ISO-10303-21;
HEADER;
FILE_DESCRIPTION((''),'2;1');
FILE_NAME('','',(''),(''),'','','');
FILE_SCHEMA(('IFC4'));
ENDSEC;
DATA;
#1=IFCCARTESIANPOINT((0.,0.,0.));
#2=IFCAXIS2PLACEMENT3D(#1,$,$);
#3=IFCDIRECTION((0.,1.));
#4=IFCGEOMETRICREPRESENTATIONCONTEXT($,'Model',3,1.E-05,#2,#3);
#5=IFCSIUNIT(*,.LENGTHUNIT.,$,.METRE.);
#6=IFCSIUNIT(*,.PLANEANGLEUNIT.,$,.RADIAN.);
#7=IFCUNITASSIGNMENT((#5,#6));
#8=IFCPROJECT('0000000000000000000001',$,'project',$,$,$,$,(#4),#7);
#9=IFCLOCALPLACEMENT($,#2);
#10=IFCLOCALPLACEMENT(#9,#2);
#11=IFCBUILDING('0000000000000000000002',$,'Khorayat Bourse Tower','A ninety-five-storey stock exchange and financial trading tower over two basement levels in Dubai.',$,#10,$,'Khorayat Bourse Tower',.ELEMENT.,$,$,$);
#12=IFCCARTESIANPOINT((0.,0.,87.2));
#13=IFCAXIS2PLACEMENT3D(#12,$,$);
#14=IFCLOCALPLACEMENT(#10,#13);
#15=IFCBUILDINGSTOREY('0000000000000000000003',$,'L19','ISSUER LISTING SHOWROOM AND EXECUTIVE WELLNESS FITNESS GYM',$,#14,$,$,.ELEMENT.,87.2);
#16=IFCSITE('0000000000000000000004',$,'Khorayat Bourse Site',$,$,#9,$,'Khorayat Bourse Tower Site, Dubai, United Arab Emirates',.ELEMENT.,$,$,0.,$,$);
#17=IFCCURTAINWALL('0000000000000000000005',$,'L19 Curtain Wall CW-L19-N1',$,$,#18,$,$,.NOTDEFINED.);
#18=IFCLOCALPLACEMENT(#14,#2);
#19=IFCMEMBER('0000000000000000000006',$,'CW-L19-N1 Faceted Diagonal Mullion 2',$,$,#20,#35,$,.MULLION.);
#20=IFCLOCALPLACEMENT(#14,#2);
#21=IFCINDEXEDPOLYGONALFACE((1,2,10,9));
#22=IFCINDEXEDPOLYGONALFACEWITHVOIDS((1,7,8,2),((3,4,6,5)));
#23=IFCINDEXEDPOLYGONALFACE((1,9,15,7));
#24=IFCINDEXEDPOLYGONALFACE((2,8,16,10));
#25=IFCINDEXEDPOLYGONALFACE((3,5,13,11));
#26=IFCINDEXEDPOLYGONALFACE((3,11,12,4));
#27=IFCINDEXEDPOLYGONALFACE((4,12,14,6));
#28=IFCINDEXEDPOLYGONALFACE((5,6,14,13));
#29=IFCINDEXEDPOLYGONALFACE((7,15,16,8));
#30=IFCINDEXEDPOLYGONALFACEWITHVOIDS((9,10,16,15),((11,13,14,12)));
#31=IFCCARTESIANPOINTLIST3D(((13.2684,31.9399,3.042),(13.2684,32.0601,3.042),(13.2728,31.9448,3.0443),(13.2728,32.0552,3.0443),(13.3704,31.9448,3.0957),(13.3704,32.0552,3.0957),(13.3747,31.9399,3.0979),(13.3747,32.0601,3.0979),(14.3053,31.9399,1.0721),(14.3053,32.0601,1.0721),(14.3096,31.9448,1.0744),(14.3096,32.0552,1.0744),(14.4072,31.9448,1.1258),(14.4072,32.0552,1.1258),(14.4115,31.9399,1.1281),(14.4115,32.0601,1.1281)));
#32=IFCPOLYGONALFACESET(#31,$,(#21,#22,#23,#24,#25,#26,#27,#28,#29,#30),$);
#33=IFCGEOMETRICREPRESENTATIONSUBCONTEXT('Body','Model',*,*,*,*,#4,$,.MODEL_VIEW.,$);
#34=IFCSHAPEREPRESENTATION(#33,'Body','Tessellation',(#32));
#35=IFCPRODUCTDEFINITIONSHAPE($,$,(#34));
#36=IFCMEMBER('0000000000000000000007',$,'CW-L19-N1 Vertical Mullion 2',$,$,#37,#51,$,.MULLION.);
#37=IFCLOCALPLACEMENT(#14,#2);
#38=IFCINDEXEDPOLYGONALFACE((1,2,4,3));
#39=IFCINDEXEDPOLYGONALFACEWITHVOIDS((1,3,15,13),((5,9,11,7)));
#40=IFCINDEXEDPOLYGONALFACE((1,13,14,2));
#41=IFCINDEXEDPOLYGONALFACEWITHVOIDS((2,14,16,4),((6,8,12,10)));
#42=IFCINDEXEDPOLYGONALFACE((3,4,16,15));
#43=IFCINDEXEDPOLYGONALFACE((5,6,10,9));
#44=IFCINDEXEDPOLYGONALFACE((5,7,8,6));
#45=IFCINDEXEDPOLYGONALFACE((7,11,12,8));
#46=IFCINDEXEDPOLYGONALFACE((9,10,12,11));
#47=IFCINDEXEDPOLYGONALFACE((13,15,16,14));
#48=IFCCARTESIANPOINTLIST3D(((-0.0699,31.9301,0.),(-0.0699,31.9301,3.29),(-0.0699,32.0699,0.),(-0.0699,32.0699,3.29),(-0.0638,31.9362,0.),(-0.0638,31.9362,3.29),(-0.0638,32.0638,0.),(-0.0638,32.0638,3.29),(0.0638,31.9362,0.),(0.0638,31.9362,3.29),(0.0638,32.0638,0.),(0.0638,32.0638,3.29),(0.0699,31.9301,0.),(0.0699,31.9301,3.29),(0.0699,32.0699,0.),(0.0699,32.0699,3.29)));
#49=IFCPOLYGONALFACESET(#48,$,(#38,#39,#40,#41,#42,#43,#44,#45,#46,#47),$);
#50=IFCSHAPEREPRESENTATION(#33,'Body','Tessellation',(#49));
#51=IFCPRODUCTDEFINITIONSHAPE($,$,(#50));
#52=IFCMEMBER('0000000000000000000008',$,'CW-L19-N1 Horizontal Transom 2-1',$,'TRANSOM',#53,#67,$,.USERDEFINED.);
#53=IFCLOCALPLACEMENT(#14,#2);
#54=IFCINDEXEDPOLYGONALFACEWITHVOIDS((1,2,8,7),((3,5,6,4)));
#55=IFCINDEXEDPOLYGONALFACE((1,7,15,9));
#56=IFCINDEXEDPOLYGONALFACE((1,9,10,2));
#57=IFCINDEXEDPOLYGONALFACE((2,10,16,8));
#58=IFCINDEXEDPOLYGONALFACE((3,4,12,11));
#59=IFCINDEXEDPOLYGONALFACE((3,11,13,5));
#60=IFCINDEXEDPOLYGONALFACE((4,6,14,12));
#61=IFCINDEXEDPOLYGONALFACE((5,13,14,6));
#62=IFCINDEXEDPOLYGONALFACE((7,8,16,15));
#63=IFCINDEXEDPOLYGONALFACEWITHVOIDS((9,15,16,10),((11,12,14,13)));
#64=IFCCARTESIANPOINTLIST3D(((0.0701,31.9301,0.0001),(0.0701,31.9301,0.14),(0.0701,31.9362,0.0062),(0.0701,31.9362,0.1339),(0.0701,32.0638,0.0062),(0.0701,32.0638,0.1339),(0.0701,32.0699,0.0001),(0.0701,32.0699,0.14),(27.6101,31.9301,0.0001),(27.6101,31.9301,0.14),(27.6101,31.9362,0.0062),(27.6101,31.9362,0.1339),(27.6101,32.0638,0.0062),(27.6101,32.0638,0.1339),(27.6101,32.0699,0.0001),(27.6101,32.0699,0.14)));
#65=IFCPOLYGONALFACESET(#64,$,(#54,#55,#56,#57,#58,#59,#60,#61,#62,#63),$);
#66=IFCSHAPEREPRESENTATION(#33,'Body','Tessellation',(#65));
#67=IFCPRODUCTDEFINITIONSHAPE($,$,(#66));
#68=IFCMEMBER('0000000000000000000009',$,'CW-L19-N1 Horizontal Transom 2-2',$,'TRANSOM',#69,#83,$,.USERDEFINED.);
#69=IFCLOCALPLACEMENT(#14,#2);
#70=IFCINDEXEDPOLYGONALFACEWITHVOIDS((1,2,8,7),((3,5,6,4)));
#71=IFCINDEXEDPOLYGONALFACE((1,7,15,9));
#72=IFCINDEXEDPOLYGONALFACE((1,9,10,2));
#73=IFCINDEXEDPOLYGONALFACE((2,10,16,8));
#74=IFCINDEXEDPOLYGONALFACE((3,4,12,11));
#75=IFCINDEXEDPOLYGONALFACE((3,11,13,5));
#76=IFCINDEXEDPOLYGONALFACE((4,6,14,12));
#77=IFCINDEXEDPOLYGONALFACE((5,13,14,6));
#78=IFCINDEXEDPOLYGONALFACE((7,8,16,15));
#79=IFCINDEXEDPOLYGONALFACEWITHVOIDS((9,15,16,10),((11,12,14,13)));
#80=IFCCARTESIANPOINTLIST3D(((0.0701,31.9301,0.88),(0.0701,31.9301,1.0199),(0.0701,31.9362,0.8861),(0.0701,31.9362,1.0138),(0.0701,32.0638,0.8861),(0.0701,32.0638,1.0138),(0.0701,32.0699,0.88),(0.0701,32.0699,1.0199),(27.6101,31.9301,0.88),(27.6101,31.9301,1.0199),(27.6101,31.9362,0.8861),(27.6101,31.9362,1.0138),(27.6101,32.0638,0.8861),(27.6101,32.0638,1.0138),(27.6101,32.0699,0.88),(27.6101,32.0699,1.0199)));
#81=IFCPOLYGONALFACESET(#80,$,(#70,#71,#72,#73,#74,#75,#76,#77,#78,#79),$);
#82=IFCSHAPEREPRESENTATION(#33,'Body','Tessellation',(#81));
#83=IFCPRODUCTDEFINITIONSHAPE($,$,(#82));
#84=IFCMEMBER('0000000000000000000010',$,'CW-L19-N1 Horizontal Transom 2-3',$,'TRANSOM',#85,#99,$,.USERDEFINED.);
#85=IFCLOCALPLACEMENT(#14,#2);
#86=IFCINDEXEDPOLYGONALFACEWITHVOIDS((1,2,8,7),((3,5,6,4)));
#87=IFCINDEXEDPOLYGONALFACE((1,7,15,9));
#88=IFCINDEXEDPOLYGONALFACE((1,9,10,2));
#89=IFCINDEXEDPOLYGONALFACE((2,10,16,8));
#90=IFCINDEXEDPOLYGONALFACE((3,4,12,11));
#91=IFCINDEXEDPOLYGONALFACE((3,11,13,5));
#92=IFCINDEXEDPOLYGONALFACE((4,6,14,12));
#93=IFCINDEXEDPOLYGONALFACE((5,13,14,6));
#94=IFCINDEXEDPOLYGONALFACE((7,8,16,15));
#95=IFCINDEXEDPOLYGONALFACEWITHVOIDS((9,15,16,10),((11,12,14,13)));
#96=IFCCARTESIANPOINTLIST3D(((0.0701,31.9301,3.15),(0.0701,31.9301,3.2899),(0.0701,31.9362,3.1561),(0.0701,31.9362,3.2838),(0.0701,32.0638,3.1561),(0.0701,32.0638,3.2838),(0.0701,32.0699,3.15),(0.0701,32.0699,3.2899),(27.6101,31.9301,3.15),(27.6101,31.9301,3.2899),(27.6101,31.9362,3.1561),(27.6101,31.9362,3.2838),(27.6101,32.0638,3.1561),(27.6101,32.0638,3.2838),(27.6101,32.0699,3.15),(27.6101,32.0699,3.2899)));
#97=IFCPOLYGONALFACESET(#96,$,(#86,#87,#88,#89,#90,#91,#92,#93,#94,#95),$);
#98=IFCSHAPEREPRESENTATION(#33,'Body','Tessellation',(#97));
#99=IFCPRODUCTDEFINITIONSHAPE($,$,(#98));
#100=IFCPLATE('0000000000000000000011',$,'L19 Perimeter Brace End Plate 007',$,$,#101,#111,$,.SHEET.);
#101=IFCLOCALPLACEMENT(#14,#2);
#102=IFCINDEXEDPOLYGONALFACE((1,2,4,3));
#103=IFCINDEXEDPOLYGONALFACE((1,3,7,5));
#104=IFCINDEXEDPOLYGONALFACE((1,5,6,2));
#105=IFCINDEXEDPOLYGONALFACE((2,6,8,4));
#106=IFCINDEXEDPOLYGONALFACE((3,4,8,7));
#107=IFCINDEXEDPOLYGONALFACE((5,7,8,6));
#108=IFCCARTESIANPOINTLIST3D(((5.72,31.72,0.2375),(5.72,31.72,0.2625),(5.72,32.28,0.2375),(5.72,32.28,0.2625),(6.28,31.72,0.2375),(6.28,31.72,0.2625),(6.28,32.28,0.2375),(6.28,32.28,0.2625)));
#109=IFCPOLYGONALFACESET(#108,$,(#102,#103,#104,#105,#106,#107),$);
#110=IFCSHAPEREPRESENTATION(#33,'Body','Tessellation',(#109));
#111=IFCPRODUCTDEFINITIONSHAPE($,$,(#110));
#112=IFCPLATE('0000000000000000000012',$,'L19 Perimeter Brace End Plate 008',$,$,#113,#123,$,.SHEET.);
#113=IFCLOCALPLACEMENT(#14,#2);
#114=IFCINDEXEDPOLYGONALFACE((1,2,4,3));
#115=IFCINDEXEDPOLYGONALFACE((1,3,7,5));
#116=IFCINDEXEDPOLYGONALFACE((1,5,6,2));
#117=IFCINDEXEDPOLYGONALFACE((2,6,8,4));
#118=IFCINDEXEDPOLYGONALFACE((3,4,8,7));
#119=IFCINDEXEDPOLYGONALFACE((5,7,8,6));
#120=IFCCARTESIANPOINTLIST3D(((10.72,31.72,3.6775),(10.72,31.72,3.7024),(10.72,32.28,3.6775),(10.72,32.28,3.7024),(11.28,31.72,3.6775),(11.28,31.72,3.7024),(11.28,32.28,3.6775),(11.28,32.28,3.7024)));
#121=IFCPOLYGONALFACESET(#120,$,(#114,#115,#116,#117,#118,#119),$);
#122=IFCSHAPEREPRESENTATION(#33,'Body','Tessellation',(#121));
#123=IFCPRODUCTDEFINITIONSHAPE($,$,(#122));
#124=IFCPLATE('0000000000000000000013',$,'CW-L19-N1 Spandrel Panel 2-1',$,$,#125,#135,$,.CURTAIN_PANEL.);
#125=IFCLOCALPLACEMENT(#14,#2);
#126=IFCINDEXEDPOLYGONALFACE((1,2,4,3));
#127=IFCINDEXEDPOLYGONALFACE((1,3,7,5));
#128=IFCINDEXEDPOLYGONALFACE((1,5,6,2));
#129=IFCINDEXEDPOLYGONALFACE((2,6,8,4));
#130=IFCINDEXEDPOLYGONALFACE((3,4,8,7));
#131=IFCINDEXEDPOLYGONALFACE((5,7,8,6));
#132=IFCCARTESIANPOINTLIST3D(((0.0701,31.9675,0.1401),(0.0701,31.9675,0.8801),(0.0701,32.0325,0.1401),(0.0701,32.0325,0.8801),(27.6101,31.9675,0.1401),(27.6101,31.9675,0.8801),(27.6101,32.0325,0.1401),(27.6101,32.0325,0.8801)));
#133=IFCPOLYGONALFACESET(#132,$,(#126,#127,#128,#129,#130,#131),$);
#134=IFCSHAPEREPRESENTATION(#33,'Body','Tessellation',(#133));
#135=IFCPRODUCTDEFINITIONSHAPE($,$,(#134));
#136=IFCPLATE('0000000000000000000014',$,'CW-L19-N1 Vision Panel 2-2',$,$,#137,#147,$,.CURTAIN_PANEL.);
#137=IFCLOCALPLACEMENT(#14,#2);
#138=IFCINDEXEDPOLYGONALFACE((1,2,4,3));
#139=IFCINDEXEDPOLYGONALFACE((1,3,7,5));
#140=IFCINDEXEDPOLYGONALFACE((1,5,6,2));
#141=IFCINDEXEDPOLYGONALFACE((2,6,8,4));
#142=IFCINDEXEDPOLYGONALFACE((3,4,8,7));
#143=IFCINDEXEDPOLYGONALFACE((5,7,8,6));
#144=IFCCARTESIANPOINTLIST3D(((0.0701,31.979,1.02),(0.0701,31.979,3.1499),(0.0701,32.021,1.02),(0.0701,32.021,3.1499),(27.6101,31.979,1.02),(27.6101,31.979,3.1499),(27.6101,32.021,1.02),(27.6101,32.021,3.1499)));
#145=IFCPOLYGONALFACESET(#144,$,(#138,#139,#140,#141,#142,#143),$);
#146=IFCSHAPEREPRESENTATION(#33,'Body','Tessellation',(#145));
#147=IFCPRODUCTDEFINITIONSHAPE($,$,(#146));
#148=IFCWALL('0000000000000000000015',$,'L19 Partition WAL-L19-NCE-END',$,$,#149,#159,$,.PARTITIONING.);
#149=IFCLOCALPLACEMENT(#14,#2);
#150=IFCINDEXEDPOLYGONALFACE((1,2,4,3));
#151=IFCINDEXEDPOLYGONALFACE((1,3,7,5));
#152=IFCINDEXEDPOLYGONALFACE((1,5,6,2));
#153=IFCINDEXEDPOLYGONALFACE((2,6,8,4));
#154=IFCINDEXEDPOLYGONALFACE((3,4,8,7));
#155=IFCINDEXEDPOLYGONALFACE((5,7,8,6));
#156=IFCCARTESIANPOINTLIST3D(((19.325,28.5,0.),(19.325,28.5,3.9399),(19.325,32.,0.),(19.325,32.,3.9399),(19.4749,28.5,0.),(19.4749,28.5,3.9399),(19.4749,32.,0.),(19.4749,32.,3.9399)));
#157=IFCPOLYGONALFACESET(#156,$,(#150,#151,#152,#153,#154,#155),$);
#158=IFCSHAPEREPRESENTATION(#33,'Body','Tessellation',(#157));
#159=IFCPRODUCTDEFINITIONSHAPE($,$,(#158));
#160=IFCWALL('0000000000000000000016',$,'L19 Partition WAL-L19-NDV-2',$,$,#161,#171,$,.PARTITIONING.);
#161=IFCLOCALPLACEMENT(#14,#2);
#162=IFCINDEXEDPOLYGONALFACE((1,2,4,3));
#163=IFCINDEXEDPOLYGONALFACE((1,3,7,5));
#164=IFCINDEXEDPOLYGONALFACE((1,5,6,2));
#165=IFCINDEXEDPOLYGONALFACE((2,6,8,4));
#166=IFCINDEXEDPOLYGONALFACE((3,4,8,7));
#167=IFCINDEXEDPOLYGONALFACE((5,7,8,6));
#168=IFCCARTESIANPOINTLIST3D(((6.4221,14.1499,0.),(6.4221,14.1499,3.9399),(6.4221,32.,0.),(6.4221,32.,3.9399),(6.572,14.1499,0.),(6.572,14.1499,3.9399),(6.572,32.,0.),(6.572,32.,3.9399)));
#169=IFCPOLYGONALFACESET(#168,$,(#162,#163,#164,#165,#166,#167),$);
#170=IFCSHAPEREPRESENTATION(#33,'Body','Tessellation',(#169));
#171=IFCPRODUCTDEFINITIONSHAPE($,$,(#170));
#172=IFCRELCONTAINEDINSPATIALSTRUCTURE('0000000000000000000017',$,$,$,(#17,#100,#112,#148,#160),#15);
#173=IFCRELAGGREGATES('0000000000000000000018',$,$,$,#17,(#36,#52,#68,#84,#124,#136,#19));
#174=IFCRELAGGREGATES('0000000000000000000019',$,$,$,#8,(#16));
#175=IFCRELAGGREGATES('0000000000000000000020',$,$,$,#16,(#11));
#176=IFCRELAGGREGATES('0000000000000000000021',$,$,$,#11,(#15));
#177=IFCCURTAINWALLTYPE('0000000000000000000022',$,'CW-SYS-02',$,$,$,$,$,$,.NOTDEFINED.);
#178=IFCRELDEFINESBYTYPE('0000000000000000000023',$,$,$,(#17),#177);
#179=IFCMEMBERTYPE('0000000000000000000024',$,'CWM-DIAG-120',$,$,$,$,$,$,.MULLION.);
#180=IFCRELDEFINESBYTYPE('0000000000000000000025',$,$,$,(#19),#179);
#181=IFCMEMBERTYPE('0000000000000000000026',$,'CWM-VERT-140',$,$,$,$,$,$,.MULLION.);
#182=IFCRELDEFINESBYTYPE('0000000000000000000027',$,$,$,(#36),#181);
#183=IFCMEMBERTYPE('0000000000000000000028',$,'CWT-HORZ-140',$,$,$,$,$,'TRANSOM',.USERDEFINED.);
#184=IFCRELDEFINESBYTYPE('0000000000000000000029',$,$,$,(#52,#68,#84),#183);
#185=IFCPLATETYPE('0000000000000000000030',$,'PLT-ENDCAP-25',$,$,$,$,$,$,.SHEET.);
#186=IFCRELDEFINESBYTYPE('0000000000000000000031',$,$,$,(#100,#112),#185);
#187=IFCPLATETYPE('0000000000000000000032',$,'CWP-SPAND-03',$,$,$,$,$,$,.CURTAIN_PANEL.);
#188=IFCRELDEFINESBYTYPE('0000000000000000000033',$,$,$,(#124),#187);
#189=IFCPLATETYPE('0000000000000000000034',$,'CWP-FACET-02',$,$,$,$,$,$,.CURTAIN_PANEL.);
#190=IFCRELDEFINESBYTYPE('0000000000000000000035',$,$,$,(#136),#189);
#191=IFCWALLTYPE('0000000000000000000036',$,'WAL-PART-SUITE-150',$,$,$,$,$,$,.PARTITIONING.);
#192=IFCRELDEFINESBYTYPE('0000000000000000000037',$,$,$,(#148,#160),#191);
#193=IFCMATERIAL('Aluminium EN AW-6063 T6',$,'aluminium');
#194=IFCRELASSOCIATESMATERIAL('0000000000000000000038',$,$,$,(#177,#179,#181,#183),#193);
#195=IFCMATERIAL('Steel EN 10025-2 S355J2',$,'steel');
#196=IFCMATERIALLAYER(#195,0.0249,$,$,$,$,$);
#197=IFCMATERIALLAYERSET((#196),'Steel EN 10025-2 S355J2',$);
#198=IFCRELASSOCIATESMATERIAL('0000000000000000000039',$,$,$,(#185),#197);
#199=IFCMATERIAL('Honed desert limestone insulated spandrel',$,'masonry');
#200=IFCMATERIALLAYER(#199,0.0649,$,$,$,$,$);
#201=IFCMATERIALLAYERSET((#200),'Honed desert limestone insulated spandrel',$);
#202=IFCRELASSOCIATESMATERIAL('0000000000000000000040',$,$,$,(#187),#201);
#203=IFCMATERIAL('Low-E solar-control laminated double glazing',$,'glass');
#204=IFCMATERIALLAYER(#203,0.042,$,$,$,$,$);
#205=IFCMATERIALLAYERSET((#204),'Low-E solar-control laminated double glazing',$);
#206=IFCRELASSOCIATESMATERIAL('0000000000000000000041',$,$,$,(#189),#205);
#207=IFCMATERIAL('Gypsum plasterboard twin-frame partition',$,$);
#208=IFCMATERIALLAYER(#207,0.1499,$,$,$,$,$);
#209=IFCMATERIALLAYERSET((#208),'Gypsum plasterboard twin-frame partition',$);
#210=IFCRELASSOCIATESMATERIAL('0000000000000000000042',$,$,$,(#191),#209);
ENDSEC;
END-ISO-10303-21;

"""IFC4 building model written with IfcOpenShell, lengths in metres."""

from ifc_helpers import new_model, si_unit, direction, frame, frame_2d, origin, origin_2d, place, context, subcontext, project, spatial, rectangle, hollow_rectangle, extrude, source, transform, mapped, material, layer, layer_set, material_profile, profile_set, type_object, element, aggregate, save


model = new_model("IFC4")

# Units and contexts
model_context = context("Model", 3, precision=1e-05, world=origin(), true_north=direction((0.0, 1.0)))
body_context = subcontext(model_context, "Body", "Model", "MODEL_VIEW")
ifc_project = project(units=[si_unit("LENGTHUNIT", "METRE"), si_unit("PLANEANGLEUNIT", "RADIAN")], contexts=[model_context])

# Site, building, storey
site_placement = place(None, origin())
site = spatial("IfcSite", under=ifc_project, at=site_placement, Name="Khorayat Bourse Site", LongName="Khorayat Bourse Tower Site, Dubai, United Arab Emirates", CompositionType="ELEMENT", RefElevation=0.0)
building_placement = place(site_placement, origin())
building = spatial("IfcBuilding", under=site, at=building_placement, Name="Khorayat Bourse Tower", Description="A ninety-five-storey stock exchange and financial trading tower over two basement levels in Dubai.", LongName="Khorayat Bourse Tower", CompositionType="ELEMENT")
storey_placement = place(building_placement, frame((0.0, 0.0, 87.2)))
storey = spatial("IfcBuildingStorey", under=building, at=storey_placement, Name="L19", Description="ISSUER LISTING SHOWROOM AND EXECUTIVE WELLNESS FITNESS GYM", CompositionType="ELEMENT", Elevation=87.2)

# Curtain wall, members
ifc_material_1 = material(Name="Aluminium EN AW-6063 T6", Category="aluminium")
curtain_wall_type = type_object("IfcCurtainWallType", Name="CW-SYS-02", PredefinedType="NOTDEFINED", material=ifc_material_1)
curtain_wall_placement = place(storey_placement, origin())
curtain_wall = element("IfcCurtainWall", 1, at=curtain_wall_placement, inside=storey, type_object=curtain_wall_type, Name="L19 Curtain Wall CW-L19-N1", PredefinedType="NOTDEFINED")
ifc_material_profile_1 = material_profile(ifc_material_1, hollow_rectangle(XDim=0.1201, YDim=0.1201, WallThickness=0.0049, at=origin_2d()), Name="ALU 120x120x5")
ifc_profile_set_1 = profile_set([ifc_material_profile_1], Name="Aluminium EN AW-6063 T6")
member_type_1 = type_object("IfcMemberType", Name="CWM-DIAG-120", PredefinedType="MULLION", material=ifc_profile_set_1)
shared_shape_1 = source(origin(), body_context, "Body", "SweptSolid", [
    extrude(hollow_rectangle(XDim=0.1201, YDim=0.1201, WallThickness=0.0049, at=origin_2d()), origin(), (0.0, 0.0, 1.0), 2.2261),
])
member_1_placement = place(storey_placement, frame((14.3584, 32.0, 1.1001), z_axis=(-0.46576, 0.0, 0.884911), x_axis=(0.0, -1.0, 0.0)))
member_1 = element("IfcMember", 2, at=member_1_placement, type_object=member_type_1, Name="CW-L19-N1 Faceted Diagonal Mullion 2", PredefinedType="MULLION", context=body_context, shape_type="MappedRepresentation", body=[
    mapped(shared_shape_1, transform((0.0, 0.0, 0.0), scale=1.0)),
])
ifc_material_profile_2 = material_profile(ifc_material_1, hollow_rectangle(XDim=0.1399, YDim=0.1399, WallThickness=0.0061, at=origin_2d()), Name="ALU 140x140x6")
ifc_profile_set_2 = profile_set([ifc_material_profile_2], Name="Aluminium EN AW-6063 T6")
member_type_2 = type_object("IfcMemberType", Name="CWM-VERT-140", PredefinedType="MULLION", material=ifc_profile_set_2)
shared_shape_2 = source(origin(), body_context, "Body", "SweptSolid", [
    extrude(hollow_rectangle(XDim=0.1399, YDim=0.1399, WallThickness=0.0061, at=origin_2d()), origin(), (0.0, 0.0, 1.0), 3.29),
])
member_2_placement = place(storey_placement, frame((0.0, 32.0, 0.0), z_axis=(0.0, 0.0, 1.0), x_axis=(0.0, 1.0, 0.0)))
member_2 = element("IfcMember", 3, at=member_2_placement, type_object=member_type_2, Name="CW-L19-N1 Vertical Mullion 2", PredefinedType="MULLION", context=body_context, shape_type="MappedRepresentation", body=[
    mapped(shared_shape_2, transform((0.0, 0.0, 0.0), scale=1.0)),
])
ifc_material_profile_3 = material_profile(ifc_material_1, hollow_rectangle(XDim=0.1399, YDim=0.1399, WallThickness=0.0061, at=origin_2d()), Name="ALU 140x140x6")
ifc_profile_set_3 = profile_set([ifc_material_profile_3], Name="Aluminium EN AW-6063 T6")
member_type_3 = type_object("IfcMemberType", Name="CWT-HORZ-140", ElementType="TRANSOM", PredefinedType="USERDEFINED", material=ifc_profile_set_3)
shared_shape_3 = source(origin(), body_context, "Body", "SweptSolid", [
    extrude(hollow_rectangle(XDim=0.1399, YDim=0.1399, WallThickness=0.0061, at=origin_2d()), origin(), (0.0, 0.0, 1.0), 27.54),
])
member_3_placement = place(storey_placement, frame((0.0701, 32.0, 0.0701), z_axis=(1.0, 0.0, 0.0), x_axis=(0.0, 1.0, 0.0)))
member_3 = element("IfcMember", 4, at=member_3_placement, type_object=member_type_3, Name="CW-L19-N1 Horizontal Transom 2-1", ObjectType="TRANSOM", PredefinedType="USERDEFINED", context=body_context, shape_type="MappedRepresentation", body=[
    mapped(shared_shape_3, transform((0.0, 0.0, 0.0), scale=1.0)),
])
member_4_placement = place(storey_placement, frame((0.0701, 32.0, 0.95), z_axis=(1.0, 0.0, 0.0), x_axis=(0.0, 1.0, 0.0)))
member_4 = element("IfcMember", 5, at=member_4_placement, type_object=member_type_3, Name="CW-L19-N1 Horizontal Transom 2-2", ObjectType="TRANSOM", PredefinedType="USERDEFINED", context=body_context, shape_type="MappedRepresentation", body=[
    mapped(shared_shape_3, transform((0.0, 0.0, 0.0), scale=1.0)),
])
member_5_placement = place(storey_placement, frame((0.0701, 32.0, 3.22), z_axis=(1.0, 0.0, 0.0), x_axis=(0.0, 1.0, 0.0)))
member_5 = element("IfcMember", 6, at=member_5_placement, type_object=member_type_3, Name="CW-L19-N1 Horizontal Transom 2-3", ObjectType="TRANSOM", PredefinedType="USERDEFINED", context=body_context, shape_type="MappedRepresentation", body=[
    mapped(shared_shape_3, transform((0.0, 0.0, 0.0), scale=1.0)),
])

# Plates
ifc_material_2 = material(Name="Steel EN 10025-2 S355J2", Category="steel")
ifc_layer_1 = layer(ifc_material_2, 0.0249)
ifc_layer_set_1 = layer_set([ifc_layer_1], Name="Steel EN 10025-2 S355J2")
plate_type_1 = type_object("IfcPlateType", Name="PLT-ENDCAP-25", PredefinedType="SHEET", material=ifc_layer_set_1)
shared_shape_4 = source(origin(), body_context, "Body", "SweptSolid", [
    extrude(rectangle(XDim=0.5601, YDim=0.5601, at=origin_2d()), origin(), (0.0, 0.0, 1.0), 0.0249),
])
for number, where, z_axis, x_axis, name in (
    (7, (6.0, 32.0, 0.2375), (0.0, 0.0, 1.0), (1.0, 0.0, 0.0), "L19 Perimeter Brace End Plate 007"),
    (8, (11.0, 32.0, 3.6775), (0.0, 0.0, 1.0), (1.0, 0.0, 0.0), "L19 Perimeter Brace End Plate 008"),
):
    element("IfcPlate", number, at=place(storey_placement, frame(where, z_axis=z_axis, x_axis=x_axis)), inside=storey, type_object=plate_type_1, Name=name, PredefinedType="SHEET", context=body_context, shape_type="MappedRepresentation", body=[
        mapped(shared_shape_4, transform((0.0, 0.0, 0.0), scale=1.0)),
    ])

# Plates
ifc_material_3 = material(Name="Honed desert limestone insulated spandrel", Category="masonry")
ifc_layer_2 = layer(ifc_material_3, 0.0649)
ifc_layer_set_2 = layer_set([ifc_layer_2], Name="Honed desert limestone insulated spandrel")
plate_type_2 = type_object("IfcPlateType", Name="CWP-SPAND-03", PredefinedType="CURTAIN_PANEL", material=ifc_layer_set_2)
shared_shape_5 = source(origin(), body_context, "Body", "SweptSolid", [
    extrude(rectangle(XDim=27.54, YDim=0.0649, at=origin_2d()), origin(), (0.0, 0.0, 1.0), 0.74),
])
plate_1_placement = place(storey_placement, frame((13.8401, 32.0, 0.1401), z_axis=(0.0, 0.0, 1.0), x_axis=(1.0, 0.0, 0.0)))
plate_1 = element("IfcPlate", 9, at=plate_1_placement, type_object=plate_type_2, Name="CW-L19-N1 Spandrel Panel 2-1", PredefinedType="CURTAIN_PANEL", context=body_context, shape_type="MappedRepresentation", body=[
    mapped(shared_shape_5, transform((0.0, 0.0, 0.0), scale=1.0)),
])
ifc_material_4 = material(Name="Low-E solar-control laminated double glazing", Category="glass")
ifc_layer_3 = layer(ifc_material_4, 0.042)
ifc_layer_set_3 = layer_set([ifc_layer_3], Name="Low-E solar-control laminated double glazing")
plate_type_3 = type_object("IfcPlateType", Name="CWP-FACET-02", PredefinedType="CURTAIN_PANEL", material=ifc_layer_set_3)
shared_shape_6 = source(origin(), body_context, "Body", "SweptSolid", [
    extrude(rectangle(XDim=27.54, YDim=0.042, at=origin_2d()), origin(), (0.0, 0.0, 1.0), 2.1299),
])
plate_2_placement = place(storey_placement, frame((13.8401, 32.0, 1.02), z_axis=(0.0, 0.0, 1.0), x_axis=(1.0, 0.0, 0.0)))
plate_2 = element("IfcPlate", 10, at=plate_2_placement, type_object=plate_type_3, Name="CW-L19-N1 Vision Panel 2-2", PredefinedType="CURTAIN_PANEL", context=body_context, shape_type="MappedRepresentation", body=[
    mapped(shared_shape_6, transform((0.0, 0.0, 0.0), scale=1.0)),
])
aggregate(curtain_wall, [member_2, member_3, member_4, member_5, plate_1, plate_2, member_1])

# Walls
ifc_material_5 = material(Name="Gypsum plasterboard twin-frame partition")
ifc_layer_4 = layer(ifc_material_5, 0.1499)
ifc_layer_set_4 = layer_set([ifc_layer_4], Name="Gypsum plasterboard twin-frame partition")
wall_type_1 = type_object("IfcWallType", Name="WAL-PART-SUITE-150", PredefinedType="PARTITIONING", material=ifc_layer_set_4)
shared_shape_7 = source(origin(), body_context, "Body", "SweptSolid", [
    extrude(rectangle(XDim=3.5, YDim=0.1499, at=frame_2d((1.75, 0.0))), origin(), (0.0, 0.0, 1.0), 3.9399),
])
wall_1_placement = place(storey_placement, frame((19.3999, 28.5, 0.0), z_axis=(0.0, 0.0, 1.0), x_axis=(0.0, 1.0, 0.0)))
element("IfcWall", 11, at=wall_1_placement, inside=storey, type_object=wall_type_1, Name="L19 Partition WAL-L19-NCE-END", PredefinedType="PARTITIONING", context=body_context, shape_type="MappedRepresentation", body=[
    mapped(shared_shape_7, transform((0.0, 0.0, 0.0), scale=1.0)),
])
shared_shape_8 = source(origin(), body_context, "Body", "SweptSolid", [
    extrude(rectangle(XDim=17.8501, YDim=0.1499, at=frame_2d((8.925, 0.0))), origin(), (0.0, 0.0, 1.0), 3.9399),
])
wall_2_placement = place(storey_placement, frame((6.4971, 14.1499, 0.0), z_axis=(0.0, 0.0, 1.0), x_axis=(0.0, 1.0, 0.0)))
element("IfcWall", 12, at=wall_2_placement, inside=storey, type_object=wall_type_1, Name="L19 Partition WAL-L19-NDV-2", PredefinedType="PARTITIONING", context=body_context, shape_type="MappedRepresentation", body=[
    mapped(shared_shape_8, transform((0.0, 0.0, 0.0), scale=1.0)),
])

save(model, "model.ifc")
